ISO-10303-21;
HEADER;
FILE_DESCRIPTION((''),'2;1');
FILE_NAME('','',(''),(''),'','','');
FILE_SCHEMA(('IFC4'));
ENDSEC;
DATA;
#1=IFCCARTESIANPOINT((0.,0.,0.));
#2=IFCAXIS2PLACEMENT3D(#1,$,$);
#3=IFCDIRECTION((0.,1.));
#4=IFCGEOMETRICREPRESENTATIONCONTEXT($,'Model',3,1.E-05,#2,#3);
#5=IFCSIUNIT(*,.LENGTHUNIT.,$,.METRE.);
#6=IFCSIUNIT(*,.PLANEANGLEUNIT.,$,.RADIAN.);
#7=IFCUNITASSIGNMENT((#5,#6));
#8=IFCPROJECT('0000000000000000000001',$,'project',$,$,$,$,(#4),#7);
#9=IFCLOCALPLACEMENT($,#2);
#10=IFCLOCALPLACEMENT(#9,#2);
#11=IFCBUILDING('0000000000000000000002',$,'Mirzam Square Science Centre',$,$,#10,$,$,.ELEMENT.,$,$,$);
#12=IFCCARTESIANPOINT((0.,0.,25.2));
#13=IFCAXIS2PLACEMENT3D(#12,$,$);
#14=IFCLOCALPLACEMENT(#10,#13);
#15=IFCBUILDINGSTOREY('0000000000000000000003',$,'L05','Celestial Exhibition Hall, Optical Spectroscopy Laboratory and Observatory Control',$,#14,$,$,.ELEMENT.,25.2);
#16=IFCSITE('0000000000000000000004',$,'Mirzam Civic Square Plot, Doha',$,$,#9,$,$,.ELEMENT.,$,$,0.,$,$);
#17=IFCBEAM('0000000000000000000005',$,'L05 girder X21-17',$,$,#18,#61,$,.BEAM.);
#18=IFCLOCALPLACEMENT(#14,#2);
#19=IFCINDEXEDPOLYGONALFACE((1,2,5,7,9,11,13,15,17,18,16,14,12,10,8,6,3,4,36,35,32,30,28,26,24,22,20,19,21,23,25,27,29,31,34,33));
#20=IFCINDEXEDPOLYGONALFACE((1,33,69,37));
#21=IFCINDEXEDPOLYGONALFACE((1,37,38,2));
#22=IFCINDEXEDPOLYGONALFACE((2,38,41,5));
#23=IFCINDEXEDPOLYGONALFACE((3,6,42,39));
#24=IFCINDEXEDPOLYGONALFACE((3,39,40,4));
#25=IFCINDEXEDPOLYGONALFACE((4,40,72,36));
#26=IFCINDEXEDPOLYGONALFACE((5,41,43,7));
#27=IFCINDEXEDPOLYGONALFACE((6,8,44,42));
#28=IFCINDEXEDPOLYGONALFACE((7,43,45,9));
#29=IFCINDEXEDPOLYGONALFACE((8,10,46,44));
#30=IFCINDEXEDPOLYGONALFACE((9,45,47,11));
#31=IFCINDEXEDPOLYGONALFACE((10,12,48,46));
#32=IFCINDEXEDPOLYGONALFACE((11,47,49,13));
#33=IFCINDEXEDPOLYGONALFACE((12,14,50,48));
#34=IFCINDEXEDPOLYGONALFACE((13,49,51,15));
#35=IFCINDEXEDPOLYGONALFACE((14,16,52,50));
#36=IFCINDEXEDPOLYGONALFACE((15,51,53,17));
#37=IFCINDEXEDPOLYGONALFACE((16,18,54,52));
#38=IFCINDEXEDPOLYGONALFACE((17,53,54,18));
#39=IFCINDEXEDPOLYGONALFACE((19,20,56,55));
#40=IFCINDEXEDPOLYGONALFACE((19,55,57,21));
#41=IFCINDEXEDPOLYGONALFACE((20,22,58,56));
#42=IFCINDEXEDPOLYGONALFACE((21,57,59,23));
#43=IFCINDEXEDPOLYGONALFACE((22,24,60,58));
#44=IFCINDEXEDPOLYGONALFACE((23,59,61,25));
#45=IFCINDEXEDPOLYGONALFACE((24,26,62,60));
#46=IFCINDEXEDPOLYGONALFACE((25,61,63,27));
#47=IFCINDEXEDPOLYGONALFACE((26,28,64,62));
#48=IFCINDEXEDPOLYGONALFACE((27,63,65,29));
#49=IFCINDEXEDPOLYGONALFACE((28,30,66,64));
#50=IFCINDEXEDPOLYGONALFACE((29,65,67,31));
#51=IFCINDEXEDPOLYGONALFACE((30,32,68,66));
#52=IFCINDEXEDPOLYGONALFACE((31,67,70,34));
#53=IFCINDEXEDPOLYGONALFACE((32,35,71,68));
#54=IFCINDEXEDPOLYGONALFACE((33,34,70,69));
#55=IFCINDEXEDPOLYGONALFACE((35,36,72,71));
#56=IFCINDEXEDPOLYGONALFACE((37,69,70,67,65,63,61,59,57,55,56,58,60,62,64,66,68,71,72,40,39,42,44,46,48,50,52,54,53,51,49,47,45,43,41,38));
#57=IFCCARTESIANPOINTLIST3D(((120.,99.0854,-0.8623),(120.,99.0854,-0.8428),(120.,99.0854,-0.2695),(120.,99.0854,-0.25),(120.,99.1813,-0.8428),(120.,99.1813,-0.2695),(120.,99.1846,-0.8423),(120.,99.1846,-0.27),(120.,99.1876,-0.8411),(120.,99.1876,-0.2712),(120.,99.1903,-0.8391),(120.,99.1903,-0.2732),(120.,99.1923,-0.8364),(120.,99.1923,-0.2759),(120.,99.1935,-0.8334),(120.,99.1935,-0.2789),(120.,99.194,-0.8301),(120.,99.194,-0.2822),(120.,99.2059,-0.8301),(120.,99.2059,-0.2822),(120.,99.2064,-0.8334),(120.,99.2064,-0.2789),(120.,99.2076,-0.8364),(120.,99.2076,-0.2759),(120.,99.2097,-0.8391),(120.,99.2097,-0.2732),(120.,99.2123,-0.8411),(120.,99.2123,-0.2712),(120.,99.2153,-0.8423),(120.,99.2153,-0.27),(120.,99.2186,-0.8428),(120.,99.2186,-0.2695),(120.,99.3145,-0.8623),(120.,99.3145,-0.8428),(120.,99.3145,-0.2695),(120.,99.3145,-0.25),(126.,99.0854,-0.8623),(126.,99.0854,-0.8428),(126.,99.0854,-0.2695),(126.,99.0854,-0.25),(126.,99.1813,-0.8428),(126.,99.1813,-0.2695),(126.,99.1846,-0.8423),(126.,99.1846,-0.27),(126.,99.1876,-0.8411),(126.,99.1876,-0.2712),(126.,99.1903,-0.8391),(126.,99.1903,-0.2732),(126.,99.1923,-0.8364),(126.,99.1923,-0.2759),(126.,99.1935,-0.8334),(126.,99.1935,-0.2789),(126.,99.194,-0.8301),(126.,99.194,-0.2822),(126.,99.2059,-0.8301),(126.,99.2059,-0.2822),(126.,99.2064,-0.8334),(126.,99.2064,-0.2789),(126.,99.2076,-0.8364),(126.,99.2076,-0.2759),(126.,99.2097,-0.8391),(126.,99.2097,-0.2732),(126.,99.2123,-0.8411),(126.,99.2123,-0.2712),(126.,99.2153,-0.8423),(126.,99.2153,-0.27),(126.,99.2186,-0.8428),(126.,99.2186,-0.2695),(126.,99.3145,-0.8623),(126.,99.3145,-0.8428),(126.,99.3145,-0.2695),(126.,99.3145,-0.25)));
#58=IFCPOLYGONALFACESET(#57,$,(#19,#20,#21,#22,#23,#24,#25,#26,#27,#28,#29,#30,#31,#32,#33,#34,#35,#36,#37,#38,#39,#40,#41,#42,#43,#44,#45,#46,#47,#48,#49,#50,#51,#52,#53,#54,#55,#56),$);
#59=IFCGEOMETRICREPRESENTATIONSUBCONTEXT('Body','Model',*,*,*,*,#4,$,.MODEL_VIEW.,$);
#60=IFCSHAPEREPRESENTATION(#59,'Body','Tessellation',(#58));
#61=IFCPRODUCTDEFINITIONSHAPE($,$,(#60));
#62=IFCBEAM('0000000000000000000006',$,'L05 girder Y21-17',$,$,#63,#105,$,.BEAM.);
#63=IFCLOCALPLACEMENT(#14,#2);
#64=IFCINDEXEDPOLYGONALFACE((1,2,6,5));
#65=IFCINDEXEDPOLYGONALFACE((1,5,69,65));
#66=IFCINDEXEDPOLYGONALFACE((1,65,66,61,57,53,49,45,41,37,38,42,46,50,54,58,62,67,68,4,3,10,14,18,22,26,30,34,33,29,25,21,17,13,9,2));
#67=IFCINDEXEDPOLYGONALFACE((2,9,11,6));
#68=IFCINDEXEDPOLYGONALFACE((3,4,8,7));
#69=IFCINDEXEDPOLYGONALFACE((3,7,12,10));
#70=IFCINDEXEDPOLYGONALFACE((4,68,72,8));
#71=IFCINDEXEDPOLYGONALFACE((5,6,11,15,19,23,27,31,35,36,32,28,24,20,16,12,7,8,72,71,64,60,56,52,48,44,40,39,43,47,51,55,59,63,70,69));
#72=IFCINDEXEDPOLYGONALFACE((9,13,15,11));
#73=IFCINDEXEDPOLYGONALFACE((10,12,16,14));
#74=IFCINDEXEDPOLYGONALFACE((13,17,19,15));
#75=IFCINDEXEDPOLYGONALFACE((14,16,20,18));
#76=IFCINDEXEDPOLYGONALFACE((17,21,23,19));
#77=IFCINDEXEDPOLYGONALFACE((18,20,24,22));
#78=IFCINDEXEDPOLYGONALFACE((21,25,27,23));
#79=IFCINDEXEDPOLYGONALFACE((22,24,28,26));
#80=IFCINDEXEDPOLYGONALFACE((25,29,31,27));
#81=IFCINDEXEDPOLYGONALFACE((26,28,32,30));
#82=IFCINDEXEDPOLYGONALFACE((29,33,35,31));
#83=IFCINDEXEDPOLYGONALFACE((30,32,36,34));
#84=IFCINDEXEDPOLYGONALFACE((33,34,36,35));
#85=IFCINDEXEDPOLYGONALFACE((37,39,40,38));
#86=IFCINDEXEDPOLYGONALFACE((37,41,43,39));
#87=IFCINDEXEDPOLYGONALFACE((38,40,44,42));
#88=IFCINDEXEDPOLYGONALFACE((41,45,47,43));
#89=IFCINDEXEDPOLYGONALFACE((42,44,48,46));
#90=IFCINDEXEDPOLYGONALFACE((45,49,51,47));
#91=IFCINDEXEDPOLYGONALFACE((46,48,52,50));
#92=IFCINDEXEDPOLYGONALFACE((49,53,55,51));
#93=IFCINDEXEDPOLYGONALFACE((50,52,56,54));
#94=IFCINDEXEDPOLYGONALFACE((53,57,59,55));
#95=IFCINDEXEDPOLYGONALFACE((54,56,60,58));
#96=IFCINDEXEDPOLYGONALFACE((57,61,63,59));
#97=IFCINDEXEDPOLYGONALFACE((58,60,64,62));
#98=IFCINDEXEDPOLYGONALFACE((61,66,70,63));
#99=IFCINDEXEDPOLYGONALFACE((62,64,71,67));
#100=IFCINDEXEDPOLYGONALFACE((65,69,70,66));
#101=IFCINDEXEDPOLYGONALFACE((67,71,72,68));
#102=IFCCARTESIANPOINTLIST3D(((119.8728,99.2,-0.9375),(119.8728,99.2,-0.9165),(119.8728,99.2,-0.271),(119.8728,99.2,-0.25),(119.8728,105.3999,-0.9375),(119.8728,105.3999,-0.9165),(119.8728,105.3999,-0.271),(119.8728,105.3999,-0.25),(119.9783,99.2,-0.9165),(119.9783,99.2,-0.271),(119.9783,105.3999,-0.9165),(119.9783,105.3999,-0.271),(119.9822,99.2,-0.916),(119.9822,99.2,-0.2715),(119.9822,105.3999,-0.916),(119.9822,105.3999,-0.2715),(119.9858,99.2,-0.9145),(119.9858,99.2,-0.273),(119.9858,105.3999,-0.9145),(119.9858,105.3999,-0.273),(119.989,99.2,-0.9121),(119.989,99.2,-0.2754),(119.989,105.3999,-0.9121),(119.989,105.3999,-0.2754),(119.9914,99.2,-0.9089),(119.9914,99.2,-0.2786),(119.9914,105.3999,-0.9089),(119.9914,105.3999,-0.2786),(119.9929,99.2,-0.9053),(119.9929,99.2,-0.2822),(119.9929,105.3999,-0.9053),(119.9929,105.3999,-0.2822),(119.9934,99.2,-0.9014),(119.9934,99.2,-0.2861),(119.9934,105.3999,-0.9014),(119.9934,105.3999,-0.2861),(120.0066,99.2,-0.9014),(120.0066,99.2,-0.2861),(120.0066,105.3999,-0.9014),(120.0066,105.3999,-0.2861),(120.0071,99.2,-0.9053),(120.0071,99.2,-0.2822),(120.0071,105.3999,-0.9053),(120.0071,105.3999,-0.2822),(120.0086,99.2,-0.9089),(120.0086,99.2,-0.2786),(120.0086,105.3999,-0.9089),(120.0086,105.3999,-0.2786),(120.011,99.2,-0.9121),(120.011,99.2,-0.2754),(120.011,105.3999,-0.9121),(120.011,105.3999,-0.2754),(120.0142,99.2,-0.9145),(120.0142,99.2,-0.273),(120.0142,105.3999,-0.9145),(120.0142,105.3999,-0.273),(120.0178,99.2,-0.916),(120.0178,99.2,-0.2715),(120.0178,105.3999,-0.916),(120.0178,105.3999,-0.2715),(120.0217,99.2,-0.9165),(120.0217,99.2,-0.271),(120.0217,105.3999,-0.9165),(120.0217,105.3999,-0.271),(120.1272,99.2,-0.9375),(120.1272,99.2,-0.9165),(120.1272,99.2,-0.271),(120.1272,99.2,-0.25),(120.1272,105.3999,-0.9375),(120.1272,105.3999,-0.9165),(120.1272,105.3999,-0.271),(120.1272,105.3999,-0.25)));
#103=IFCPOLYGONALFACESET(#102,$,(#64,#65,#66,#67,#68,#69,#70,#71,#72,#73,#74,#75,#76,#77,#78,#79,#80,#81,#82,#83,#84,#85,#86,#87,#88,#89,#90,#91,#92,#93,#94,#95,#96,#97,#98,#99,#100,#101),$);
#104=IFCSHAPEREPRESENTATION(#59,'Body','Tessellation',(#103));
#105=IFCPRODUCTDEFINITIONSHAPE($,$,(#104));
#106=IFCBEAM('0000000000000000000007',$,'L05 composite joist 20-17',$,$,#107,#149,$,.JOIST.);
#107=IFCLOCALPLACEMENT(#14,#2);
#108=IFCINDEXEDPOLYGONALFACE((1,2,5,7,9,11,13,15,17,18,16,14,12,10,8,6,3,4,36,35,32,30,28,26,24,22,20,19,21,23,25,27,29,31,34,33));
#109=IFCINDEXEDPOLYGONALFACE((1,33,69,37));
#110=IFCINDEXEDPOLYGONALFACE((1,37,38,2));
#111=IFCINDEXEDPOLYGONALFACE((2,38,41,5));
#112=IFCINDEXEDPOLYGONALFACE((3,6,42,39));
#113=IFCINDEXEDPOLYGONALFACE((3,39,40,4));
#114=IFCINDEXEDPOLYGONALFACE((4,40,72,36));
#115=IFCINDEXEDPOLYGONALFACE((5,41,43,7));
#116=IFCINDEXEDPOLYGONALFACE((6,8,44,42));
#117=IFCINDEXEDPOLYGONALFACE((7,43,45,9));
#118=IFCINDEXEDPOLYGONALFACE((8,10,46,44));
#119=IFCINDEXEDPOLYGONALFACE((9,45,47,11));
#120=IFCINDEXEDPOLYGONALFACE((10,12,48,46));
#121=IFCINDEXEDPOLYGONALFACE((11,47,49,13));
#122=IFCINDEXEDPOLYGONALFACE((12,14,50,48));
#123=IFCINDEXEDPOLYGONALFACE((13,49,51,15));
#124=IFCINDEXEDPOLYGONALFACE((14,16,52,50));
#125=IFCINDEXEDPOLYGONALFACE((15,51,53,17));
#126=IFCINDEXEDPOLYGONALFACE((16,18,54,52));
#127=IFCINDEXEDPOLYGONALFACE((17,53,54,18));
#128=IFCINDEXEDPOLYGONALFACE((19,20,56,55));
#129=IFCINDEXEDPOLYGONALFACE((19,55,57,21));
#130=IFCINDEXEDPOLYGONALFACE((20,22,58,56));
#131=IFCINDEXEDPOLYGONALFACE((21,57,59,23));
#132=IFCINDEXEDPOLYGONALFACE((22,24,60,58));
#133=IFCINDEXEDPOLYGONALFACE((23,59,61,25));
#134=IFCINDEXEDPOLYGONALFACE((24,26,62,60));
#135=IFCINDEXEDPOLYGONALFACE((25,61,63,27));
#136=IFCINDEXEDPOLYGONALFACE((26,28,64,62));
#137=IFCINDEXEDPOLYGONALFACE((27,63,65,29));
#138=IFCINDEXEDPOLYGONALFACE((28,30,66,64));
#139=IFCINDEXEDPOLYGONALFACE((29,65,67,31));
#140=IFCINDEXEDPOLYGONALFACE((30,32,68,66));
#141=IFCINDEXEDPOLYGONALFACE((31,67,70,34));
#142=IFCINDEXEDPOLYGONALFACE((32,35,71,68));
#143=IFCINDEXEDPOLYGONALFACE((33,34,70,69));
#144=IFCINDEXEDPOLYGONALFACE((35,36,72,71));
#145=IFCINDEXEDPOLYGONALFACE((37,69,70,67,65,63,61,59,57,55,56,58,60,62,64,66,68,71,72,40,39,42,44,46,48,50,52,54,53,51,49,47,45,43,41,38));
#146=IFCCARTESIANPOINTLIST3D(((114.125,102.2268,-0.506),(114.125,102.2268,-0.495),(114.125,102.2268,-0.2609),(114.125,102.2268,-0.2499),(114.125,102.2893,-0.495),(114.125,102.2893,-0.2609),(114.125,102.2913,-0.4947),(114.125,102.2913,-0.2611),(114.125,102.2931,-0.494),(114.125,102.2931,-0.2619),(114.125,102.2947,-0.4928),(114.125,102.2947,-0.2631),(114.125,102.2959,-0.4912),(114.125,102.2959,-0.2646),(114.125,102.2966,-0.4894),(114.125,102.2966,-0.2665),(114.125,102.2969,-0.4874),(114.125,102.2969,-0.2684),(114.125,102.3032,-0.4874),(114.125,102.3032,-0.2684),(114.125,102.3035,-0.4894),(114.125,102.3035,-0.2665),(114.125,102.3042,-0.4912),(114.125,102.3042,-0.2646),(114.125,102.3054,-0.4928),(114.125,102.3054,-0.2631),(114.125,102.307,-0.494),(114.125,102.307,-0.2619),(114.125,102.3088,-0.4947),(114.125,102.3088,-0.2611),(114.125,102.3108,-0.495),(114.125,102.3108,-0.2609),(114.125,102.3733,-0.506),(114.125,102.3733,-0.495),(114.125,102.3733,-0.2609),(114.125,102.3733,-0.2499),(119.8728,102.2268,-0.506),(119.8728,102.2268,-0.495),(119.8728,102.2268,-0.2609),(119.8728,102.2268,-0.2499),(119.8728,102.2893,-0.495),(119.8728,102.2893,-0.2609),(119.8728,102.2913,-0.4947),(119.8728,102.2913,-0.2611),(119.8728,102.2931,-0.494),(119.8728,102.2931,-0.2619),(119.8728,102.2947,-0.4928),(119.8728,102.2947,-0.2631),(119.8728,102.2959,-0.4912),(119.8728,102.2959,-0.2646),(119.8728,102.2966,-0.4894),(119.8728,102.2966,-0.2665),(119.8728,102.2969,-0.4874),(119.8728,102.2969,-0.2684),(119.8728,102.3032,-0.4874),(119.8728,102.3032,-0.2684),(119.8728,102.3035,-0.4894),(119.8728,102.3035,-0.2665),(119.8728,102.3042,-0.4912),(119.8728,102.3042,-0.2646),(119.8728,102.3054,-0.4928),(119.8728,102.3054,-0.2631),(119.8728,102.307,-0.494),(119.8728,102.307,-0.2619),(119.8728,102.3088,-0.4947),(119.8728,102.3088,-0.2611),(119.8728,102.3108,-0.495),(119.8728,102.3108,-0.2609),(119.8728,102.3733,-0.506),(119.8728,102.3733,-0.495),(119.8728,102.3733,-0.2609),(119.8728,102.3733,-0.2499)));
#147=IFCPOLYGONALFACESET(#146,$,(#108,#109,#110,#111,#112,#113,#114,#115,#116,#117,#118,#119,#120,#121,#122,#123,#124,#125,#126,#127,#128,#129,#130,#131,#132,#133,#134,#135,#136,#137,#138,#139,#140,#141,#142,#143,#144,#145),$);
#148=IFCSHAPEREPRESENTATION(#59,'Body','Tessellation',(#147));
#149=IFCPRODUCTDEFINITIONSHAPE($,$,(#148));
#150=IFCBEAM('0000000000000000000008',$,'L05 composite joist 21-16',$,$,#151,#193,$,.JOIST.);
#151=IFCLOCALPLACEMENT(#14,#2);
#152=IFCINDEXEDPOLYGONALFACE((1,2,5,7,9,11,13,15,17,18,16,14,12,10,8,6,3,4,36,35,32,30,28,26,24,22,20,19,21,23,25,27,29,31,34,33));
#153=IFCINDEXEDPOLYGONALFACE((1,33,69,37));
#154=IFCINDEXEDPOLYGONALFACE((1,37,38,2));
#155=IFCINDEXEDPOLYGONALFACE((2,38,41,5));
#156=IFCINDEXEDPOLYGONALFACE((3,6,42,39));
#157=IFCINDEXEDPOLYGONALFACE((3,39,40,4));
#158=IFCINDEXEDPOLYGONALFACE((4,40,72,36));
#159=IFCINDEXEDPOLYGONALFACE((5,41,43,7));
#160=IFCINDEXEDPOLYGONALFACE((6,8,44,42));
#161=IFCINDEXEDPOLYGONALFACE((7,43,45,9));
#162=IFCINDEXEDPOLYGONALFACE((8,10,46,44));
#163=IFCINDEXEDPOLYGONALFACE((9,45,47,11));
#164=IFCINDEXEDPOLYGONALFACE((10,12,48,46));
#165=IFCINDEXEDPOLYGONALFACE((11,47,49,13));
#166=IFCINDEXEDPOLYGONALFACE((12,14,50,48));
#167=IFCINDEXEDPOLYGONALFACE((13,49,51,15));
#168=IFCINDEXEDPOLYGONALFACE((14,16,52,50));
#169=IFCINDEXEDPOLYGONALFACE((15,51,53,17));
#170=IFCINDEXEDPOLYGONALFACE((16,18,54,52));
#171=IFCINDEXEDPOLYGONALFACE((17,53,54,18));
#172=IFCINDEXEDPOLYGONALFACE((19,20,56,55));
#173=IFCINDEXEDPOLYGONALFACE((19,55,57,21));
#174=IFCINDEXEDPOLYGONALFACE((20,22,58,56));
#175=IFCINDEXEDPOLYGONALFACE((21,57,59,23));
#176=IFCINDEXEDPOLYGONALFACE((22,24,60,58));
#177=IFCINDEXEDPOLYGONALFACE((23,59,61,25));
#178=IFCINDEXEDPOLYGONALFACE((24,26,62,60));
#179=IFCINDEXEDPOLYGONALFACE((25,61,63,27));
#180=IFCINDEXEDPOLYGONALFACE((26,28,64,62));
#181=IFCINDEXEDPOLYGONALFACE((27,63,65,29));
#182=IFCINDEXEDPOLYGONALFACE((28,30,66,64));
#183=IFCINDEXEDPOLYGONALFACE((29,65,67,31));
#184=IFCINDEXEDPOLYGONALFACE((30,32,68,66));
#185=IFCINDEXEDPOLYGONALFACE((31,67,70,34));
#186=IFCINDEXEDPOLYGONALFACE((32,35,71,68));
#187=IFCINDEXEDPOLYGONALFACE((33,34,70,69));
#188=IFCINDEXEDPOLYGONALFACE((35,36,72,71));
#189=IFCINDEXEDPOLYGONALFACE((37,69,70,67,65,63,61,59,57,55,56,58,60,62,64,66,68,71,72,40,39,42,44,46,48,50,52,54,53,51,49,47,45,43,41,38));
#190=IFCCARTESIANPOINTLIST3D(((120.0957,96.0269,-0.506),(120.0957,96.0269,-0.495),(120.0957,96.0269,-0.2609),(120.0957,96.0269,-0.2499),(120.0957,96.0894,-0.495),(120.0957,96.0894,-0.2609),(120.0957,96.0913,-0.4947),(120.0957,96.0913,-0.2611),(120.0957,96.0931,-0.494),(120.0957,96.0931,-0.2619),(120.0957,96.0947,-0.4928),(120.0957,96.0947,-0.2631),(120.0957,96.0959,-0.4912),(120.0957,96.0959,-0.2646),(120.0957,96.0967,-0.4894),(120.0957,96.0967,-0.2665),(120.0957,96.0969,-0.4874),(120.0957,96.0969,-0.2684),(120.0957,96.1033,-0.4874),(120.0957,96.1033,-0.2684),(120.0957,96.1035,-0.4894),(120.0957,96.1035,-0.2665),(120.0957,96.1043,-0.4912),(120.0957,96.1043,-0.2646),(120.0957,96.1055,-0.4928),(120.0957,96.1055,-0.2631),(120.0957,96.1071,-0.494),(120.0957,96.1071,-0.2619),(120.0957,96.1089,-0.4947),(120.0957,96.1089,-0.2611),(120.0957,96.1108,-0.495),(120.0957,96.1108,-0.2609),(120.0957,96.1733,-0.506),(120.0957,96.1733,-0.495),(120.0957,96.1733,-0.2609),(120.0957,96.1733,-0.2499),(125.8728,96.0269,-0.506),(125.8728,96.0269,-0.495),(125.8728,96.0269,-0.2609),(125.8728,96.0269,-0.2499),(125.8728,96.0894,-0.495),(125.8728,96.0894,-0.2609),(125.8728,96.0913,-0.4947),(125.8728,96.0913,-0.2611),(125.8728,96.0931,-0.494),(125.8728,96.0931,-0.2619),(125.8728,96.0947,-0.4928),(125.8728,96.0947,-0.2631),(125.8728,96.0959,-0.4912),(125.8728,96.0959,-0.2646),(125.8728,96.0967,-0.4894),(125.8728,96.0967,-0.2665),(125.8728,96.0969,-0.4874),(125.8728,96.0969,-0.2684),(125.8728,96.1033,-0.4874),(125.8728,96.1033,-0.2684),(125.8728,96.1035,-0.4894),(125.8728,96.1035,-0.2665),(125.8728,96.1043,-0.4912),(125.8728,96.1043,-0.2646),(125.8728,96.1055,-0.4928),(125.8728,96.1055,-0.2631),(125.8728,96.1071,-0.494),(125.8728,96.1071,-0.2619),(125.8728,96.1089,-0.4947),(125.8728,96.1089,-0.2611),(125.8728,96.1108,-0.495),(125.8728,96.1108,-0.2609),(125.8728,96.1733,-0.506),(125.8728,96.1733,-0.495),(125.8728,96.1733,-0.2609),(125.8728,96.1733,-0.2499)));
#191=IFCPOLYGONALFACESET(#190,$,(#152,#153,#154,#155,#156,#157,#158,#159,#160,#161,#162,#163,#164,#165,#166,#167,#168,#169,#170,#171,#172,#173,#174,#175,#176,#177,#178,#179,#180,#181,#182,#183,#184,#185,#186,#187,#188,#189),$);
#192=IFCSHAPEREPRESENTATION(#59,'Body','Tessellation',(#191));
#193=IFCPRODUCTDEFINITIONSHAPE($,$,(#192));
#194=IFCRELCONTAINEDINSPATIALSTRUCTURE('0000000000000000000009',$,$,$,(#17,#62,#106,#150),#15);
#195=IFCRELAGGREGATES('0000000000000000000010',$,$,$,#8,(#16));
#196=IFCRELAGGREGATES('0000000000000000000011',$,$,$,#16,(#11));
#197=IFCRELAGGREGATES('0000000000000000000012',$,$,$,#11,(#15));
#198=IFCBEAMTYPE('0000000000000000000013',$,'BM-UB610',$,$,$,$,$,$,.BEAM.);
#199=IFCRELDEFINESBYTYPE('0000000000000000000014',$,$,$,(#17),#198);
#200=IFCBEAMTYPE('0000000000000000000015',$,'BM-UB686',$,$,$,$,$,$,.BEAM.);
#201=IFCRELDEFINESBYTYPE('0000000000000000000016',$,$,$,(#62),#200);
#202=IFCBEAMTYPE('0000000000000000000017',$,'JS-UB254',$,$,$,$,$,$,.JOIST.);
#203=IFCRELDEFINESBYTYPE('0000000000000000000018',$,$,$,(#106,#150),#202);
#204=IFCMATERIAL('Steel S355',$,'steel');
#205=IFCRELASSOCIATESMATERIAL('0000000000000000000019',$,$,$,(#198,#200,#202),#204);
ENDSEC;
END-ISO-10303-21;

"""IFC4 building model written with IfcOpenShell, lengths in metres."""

from ifc_helpers import new_model, si_unit, direction, frame, origin, origin_2d, place, context, subcontext, project, spatial, i_section, extrude, material, material_profile, profile_set, type_object, element, save


model = new_model("IFC4")

# Units and contexts
model_context = context("Model", 3, precision=1e-05, world=origin(), true_north=direction((0.0, 1.0)))
body_context = subcontext(model_context, "Body", "Model", "MODEL_VIEW")
ifc_project = project(units=[si_unit("LENGTHUNIT", "METRE"), si_unit("PLANEANGLEUNIT", "RADIAN")], contexts=[model_context])

# Site, building, storey
site_placement = place(None, origin())
site = spatial("IfcSite", under=ifc_project, at=site_placement, Name="Mirzam Civic Square Plot, Doha", CompositionType="ELEMENT", RefElevation=0.0)
building_placement = place(site_placement, origin())
building = spatial("IfcBuilding", under=site, at=building_placement, Name="Mirzam Square Science Centre", CompositionType="ELEMENT")
storey_placement = place(building_placement, frame((0.0, 0.0, 25.2)))
storey = spatial("IfcBuildingStorey", under=building, at=storey_placement, Name="L05", Description="Celestial Exhibition Hall, Optical Spectroscopy Laboratory and Observatory Control", CompositionType="ELEMENT", Elevation=25.2)

# Shared definitions
ifc_material_1 = material(Name="Steel S355", Category="steel")

# Beams
ifc_material_profile_1 = material_profile(ifc_material_1, i_section(OverallWidth=0.229, OverallDepth=0.6123, WebThickness=0.012, FlangeThickness=0.0195, FilletRadius=0.0127, at=origin_2d()), Name="610x229x125UB")
ifc_profile_set_1 = profile_set([ifc_material_profile_1], Name="Steel S355")
beam_type_1 = type_object("IfcBeamType", Name="BM-UB610", PredefinedType="BEAM", material=ifc_profile_set_1)
beam_1_placement = place(storey_placement, frame((120.0, 99.2, -0.5562), z_axis=(1.0, 0.0, 0.0), x_axis=(0.0, 1.0, 0.0)))
element("IfcBeam", 1, at=beam_1_placement, inside=storey, type_object=beam_type_1, Name="L05 girder X21-17", PredefinedType="BEAM", context=body_context, shape_type="SweptSolid", body=[
    extrude(i_section(OverallWidth=0.229, OverallDepth=0.6123, WebThickness=0.012, FlangeThickness=0.0195, FilletRadius=0.0127, at=origin_2d()), origin(), (0.0, 0.0, 1.0), 6.0),
])
ifc_material_profile_2 = material_profile(ifc_material_1, i_section(OverallWidth=0.2544, OverallDepth=0.6875, WebThickness=0.0132, FlangeThickness=0.021, FilletRadius=0.0151, at=origin_2d()), Name="686x254x152UB")
ifc_profile_set_2 = profile_set([ifc_material_profile_2], Name="Steel S355")
beam_type_2 = type_object("IfcBeamType", Name="BM-UB686", PredefinedType="BEAM", material=ifc_profile_set_2)
beam_2_placement = place(storey_placement, frame((120.0, 99.2, -0.5938), z_axis=(0.0, 1.0, 0.0), x_axis=(-1.0, 0.0, 0.0)))
element("IfcBeam", 2, at=beam_2_placement, inside=storey, type_object=beam_type_2, Name="L05 girder Y21-17", PredefinedType="BEAM", context=body_context, shape_type="SweptSolid", body=[
    extrude(i_section(OverallWidth=0.2544, OverallDepth=0.6875, WebThickness=0.0132, FlangeThickness=0.021, FilletRadius=0.0151, at=origin_2d()), origin(), (0.0, 0.0, 1.0), 6.2),
])
ifc_material_profile_3 = material_profile(ifc_material_1, i_section(OverallWidth=0.1465, OverallDepth=0.2561, WebThickness=0.0063, FlangeThickness=0.011, FilletRadius=0.0076, at=origin_2d()), Name="254x146x37UB")
ifc_profile_set_3 = profile_set([ifc_material_profile_3], Name="Steel S355")
beam_type_3 = type_object("IfcBeamType", Name="JS-UB254", PredefinedType="JOIST", material=ifc_profile_set_3)
beam_3_placement = place(storey_placement, frame((114.125, 102.3, -0.3779), z_axis=(1.0, 0.0, 0.0), x_axis=(0.0, 1.0, 0.0)))
element("IfcBeam", 3, at=beam_3_placement, inside=storey, type_object=beam_type_3, Name="L05 composite joist 20-17", PredefinedType="JOIST", context=body_context, shape_type="SweptSolid", body=[
    extrude(i_section(OverallWidth=0.1465, OverallDepth=0.2561, WebThickness=0.0063, FlangeThickness=0.011, FilletRadius=0.0076, at=origin_2d()), origin(), (0.0, 0.0, 1.0), 5.7478),
])
beam_4_placement = place(storey_placement, frame((120.0957, 96.1001, -0.3779), z_axis=(1.0, 0.0, 0.0), x_axis=(0.0, 1.0, 0.0)))
element("IfcBeam", 4, at=beam_4_placement, inside=storey, type_object=beam_type_3, Name="L05 composite joist 21-16", PredefinedType="JOIST", context=body_context, shape_type="SweptSolid", body=[
    extrude(i_section(OverallWidth=0.1465, OverallDepth=0.2561, WebThickness=0.0063, FlangeThickness=0.011, FilletRadius=0.0076, at=origin_2d()), origin(), (0.0, 0.0, 1.0), 5.7771),
])

save(model, "model.ifc")
